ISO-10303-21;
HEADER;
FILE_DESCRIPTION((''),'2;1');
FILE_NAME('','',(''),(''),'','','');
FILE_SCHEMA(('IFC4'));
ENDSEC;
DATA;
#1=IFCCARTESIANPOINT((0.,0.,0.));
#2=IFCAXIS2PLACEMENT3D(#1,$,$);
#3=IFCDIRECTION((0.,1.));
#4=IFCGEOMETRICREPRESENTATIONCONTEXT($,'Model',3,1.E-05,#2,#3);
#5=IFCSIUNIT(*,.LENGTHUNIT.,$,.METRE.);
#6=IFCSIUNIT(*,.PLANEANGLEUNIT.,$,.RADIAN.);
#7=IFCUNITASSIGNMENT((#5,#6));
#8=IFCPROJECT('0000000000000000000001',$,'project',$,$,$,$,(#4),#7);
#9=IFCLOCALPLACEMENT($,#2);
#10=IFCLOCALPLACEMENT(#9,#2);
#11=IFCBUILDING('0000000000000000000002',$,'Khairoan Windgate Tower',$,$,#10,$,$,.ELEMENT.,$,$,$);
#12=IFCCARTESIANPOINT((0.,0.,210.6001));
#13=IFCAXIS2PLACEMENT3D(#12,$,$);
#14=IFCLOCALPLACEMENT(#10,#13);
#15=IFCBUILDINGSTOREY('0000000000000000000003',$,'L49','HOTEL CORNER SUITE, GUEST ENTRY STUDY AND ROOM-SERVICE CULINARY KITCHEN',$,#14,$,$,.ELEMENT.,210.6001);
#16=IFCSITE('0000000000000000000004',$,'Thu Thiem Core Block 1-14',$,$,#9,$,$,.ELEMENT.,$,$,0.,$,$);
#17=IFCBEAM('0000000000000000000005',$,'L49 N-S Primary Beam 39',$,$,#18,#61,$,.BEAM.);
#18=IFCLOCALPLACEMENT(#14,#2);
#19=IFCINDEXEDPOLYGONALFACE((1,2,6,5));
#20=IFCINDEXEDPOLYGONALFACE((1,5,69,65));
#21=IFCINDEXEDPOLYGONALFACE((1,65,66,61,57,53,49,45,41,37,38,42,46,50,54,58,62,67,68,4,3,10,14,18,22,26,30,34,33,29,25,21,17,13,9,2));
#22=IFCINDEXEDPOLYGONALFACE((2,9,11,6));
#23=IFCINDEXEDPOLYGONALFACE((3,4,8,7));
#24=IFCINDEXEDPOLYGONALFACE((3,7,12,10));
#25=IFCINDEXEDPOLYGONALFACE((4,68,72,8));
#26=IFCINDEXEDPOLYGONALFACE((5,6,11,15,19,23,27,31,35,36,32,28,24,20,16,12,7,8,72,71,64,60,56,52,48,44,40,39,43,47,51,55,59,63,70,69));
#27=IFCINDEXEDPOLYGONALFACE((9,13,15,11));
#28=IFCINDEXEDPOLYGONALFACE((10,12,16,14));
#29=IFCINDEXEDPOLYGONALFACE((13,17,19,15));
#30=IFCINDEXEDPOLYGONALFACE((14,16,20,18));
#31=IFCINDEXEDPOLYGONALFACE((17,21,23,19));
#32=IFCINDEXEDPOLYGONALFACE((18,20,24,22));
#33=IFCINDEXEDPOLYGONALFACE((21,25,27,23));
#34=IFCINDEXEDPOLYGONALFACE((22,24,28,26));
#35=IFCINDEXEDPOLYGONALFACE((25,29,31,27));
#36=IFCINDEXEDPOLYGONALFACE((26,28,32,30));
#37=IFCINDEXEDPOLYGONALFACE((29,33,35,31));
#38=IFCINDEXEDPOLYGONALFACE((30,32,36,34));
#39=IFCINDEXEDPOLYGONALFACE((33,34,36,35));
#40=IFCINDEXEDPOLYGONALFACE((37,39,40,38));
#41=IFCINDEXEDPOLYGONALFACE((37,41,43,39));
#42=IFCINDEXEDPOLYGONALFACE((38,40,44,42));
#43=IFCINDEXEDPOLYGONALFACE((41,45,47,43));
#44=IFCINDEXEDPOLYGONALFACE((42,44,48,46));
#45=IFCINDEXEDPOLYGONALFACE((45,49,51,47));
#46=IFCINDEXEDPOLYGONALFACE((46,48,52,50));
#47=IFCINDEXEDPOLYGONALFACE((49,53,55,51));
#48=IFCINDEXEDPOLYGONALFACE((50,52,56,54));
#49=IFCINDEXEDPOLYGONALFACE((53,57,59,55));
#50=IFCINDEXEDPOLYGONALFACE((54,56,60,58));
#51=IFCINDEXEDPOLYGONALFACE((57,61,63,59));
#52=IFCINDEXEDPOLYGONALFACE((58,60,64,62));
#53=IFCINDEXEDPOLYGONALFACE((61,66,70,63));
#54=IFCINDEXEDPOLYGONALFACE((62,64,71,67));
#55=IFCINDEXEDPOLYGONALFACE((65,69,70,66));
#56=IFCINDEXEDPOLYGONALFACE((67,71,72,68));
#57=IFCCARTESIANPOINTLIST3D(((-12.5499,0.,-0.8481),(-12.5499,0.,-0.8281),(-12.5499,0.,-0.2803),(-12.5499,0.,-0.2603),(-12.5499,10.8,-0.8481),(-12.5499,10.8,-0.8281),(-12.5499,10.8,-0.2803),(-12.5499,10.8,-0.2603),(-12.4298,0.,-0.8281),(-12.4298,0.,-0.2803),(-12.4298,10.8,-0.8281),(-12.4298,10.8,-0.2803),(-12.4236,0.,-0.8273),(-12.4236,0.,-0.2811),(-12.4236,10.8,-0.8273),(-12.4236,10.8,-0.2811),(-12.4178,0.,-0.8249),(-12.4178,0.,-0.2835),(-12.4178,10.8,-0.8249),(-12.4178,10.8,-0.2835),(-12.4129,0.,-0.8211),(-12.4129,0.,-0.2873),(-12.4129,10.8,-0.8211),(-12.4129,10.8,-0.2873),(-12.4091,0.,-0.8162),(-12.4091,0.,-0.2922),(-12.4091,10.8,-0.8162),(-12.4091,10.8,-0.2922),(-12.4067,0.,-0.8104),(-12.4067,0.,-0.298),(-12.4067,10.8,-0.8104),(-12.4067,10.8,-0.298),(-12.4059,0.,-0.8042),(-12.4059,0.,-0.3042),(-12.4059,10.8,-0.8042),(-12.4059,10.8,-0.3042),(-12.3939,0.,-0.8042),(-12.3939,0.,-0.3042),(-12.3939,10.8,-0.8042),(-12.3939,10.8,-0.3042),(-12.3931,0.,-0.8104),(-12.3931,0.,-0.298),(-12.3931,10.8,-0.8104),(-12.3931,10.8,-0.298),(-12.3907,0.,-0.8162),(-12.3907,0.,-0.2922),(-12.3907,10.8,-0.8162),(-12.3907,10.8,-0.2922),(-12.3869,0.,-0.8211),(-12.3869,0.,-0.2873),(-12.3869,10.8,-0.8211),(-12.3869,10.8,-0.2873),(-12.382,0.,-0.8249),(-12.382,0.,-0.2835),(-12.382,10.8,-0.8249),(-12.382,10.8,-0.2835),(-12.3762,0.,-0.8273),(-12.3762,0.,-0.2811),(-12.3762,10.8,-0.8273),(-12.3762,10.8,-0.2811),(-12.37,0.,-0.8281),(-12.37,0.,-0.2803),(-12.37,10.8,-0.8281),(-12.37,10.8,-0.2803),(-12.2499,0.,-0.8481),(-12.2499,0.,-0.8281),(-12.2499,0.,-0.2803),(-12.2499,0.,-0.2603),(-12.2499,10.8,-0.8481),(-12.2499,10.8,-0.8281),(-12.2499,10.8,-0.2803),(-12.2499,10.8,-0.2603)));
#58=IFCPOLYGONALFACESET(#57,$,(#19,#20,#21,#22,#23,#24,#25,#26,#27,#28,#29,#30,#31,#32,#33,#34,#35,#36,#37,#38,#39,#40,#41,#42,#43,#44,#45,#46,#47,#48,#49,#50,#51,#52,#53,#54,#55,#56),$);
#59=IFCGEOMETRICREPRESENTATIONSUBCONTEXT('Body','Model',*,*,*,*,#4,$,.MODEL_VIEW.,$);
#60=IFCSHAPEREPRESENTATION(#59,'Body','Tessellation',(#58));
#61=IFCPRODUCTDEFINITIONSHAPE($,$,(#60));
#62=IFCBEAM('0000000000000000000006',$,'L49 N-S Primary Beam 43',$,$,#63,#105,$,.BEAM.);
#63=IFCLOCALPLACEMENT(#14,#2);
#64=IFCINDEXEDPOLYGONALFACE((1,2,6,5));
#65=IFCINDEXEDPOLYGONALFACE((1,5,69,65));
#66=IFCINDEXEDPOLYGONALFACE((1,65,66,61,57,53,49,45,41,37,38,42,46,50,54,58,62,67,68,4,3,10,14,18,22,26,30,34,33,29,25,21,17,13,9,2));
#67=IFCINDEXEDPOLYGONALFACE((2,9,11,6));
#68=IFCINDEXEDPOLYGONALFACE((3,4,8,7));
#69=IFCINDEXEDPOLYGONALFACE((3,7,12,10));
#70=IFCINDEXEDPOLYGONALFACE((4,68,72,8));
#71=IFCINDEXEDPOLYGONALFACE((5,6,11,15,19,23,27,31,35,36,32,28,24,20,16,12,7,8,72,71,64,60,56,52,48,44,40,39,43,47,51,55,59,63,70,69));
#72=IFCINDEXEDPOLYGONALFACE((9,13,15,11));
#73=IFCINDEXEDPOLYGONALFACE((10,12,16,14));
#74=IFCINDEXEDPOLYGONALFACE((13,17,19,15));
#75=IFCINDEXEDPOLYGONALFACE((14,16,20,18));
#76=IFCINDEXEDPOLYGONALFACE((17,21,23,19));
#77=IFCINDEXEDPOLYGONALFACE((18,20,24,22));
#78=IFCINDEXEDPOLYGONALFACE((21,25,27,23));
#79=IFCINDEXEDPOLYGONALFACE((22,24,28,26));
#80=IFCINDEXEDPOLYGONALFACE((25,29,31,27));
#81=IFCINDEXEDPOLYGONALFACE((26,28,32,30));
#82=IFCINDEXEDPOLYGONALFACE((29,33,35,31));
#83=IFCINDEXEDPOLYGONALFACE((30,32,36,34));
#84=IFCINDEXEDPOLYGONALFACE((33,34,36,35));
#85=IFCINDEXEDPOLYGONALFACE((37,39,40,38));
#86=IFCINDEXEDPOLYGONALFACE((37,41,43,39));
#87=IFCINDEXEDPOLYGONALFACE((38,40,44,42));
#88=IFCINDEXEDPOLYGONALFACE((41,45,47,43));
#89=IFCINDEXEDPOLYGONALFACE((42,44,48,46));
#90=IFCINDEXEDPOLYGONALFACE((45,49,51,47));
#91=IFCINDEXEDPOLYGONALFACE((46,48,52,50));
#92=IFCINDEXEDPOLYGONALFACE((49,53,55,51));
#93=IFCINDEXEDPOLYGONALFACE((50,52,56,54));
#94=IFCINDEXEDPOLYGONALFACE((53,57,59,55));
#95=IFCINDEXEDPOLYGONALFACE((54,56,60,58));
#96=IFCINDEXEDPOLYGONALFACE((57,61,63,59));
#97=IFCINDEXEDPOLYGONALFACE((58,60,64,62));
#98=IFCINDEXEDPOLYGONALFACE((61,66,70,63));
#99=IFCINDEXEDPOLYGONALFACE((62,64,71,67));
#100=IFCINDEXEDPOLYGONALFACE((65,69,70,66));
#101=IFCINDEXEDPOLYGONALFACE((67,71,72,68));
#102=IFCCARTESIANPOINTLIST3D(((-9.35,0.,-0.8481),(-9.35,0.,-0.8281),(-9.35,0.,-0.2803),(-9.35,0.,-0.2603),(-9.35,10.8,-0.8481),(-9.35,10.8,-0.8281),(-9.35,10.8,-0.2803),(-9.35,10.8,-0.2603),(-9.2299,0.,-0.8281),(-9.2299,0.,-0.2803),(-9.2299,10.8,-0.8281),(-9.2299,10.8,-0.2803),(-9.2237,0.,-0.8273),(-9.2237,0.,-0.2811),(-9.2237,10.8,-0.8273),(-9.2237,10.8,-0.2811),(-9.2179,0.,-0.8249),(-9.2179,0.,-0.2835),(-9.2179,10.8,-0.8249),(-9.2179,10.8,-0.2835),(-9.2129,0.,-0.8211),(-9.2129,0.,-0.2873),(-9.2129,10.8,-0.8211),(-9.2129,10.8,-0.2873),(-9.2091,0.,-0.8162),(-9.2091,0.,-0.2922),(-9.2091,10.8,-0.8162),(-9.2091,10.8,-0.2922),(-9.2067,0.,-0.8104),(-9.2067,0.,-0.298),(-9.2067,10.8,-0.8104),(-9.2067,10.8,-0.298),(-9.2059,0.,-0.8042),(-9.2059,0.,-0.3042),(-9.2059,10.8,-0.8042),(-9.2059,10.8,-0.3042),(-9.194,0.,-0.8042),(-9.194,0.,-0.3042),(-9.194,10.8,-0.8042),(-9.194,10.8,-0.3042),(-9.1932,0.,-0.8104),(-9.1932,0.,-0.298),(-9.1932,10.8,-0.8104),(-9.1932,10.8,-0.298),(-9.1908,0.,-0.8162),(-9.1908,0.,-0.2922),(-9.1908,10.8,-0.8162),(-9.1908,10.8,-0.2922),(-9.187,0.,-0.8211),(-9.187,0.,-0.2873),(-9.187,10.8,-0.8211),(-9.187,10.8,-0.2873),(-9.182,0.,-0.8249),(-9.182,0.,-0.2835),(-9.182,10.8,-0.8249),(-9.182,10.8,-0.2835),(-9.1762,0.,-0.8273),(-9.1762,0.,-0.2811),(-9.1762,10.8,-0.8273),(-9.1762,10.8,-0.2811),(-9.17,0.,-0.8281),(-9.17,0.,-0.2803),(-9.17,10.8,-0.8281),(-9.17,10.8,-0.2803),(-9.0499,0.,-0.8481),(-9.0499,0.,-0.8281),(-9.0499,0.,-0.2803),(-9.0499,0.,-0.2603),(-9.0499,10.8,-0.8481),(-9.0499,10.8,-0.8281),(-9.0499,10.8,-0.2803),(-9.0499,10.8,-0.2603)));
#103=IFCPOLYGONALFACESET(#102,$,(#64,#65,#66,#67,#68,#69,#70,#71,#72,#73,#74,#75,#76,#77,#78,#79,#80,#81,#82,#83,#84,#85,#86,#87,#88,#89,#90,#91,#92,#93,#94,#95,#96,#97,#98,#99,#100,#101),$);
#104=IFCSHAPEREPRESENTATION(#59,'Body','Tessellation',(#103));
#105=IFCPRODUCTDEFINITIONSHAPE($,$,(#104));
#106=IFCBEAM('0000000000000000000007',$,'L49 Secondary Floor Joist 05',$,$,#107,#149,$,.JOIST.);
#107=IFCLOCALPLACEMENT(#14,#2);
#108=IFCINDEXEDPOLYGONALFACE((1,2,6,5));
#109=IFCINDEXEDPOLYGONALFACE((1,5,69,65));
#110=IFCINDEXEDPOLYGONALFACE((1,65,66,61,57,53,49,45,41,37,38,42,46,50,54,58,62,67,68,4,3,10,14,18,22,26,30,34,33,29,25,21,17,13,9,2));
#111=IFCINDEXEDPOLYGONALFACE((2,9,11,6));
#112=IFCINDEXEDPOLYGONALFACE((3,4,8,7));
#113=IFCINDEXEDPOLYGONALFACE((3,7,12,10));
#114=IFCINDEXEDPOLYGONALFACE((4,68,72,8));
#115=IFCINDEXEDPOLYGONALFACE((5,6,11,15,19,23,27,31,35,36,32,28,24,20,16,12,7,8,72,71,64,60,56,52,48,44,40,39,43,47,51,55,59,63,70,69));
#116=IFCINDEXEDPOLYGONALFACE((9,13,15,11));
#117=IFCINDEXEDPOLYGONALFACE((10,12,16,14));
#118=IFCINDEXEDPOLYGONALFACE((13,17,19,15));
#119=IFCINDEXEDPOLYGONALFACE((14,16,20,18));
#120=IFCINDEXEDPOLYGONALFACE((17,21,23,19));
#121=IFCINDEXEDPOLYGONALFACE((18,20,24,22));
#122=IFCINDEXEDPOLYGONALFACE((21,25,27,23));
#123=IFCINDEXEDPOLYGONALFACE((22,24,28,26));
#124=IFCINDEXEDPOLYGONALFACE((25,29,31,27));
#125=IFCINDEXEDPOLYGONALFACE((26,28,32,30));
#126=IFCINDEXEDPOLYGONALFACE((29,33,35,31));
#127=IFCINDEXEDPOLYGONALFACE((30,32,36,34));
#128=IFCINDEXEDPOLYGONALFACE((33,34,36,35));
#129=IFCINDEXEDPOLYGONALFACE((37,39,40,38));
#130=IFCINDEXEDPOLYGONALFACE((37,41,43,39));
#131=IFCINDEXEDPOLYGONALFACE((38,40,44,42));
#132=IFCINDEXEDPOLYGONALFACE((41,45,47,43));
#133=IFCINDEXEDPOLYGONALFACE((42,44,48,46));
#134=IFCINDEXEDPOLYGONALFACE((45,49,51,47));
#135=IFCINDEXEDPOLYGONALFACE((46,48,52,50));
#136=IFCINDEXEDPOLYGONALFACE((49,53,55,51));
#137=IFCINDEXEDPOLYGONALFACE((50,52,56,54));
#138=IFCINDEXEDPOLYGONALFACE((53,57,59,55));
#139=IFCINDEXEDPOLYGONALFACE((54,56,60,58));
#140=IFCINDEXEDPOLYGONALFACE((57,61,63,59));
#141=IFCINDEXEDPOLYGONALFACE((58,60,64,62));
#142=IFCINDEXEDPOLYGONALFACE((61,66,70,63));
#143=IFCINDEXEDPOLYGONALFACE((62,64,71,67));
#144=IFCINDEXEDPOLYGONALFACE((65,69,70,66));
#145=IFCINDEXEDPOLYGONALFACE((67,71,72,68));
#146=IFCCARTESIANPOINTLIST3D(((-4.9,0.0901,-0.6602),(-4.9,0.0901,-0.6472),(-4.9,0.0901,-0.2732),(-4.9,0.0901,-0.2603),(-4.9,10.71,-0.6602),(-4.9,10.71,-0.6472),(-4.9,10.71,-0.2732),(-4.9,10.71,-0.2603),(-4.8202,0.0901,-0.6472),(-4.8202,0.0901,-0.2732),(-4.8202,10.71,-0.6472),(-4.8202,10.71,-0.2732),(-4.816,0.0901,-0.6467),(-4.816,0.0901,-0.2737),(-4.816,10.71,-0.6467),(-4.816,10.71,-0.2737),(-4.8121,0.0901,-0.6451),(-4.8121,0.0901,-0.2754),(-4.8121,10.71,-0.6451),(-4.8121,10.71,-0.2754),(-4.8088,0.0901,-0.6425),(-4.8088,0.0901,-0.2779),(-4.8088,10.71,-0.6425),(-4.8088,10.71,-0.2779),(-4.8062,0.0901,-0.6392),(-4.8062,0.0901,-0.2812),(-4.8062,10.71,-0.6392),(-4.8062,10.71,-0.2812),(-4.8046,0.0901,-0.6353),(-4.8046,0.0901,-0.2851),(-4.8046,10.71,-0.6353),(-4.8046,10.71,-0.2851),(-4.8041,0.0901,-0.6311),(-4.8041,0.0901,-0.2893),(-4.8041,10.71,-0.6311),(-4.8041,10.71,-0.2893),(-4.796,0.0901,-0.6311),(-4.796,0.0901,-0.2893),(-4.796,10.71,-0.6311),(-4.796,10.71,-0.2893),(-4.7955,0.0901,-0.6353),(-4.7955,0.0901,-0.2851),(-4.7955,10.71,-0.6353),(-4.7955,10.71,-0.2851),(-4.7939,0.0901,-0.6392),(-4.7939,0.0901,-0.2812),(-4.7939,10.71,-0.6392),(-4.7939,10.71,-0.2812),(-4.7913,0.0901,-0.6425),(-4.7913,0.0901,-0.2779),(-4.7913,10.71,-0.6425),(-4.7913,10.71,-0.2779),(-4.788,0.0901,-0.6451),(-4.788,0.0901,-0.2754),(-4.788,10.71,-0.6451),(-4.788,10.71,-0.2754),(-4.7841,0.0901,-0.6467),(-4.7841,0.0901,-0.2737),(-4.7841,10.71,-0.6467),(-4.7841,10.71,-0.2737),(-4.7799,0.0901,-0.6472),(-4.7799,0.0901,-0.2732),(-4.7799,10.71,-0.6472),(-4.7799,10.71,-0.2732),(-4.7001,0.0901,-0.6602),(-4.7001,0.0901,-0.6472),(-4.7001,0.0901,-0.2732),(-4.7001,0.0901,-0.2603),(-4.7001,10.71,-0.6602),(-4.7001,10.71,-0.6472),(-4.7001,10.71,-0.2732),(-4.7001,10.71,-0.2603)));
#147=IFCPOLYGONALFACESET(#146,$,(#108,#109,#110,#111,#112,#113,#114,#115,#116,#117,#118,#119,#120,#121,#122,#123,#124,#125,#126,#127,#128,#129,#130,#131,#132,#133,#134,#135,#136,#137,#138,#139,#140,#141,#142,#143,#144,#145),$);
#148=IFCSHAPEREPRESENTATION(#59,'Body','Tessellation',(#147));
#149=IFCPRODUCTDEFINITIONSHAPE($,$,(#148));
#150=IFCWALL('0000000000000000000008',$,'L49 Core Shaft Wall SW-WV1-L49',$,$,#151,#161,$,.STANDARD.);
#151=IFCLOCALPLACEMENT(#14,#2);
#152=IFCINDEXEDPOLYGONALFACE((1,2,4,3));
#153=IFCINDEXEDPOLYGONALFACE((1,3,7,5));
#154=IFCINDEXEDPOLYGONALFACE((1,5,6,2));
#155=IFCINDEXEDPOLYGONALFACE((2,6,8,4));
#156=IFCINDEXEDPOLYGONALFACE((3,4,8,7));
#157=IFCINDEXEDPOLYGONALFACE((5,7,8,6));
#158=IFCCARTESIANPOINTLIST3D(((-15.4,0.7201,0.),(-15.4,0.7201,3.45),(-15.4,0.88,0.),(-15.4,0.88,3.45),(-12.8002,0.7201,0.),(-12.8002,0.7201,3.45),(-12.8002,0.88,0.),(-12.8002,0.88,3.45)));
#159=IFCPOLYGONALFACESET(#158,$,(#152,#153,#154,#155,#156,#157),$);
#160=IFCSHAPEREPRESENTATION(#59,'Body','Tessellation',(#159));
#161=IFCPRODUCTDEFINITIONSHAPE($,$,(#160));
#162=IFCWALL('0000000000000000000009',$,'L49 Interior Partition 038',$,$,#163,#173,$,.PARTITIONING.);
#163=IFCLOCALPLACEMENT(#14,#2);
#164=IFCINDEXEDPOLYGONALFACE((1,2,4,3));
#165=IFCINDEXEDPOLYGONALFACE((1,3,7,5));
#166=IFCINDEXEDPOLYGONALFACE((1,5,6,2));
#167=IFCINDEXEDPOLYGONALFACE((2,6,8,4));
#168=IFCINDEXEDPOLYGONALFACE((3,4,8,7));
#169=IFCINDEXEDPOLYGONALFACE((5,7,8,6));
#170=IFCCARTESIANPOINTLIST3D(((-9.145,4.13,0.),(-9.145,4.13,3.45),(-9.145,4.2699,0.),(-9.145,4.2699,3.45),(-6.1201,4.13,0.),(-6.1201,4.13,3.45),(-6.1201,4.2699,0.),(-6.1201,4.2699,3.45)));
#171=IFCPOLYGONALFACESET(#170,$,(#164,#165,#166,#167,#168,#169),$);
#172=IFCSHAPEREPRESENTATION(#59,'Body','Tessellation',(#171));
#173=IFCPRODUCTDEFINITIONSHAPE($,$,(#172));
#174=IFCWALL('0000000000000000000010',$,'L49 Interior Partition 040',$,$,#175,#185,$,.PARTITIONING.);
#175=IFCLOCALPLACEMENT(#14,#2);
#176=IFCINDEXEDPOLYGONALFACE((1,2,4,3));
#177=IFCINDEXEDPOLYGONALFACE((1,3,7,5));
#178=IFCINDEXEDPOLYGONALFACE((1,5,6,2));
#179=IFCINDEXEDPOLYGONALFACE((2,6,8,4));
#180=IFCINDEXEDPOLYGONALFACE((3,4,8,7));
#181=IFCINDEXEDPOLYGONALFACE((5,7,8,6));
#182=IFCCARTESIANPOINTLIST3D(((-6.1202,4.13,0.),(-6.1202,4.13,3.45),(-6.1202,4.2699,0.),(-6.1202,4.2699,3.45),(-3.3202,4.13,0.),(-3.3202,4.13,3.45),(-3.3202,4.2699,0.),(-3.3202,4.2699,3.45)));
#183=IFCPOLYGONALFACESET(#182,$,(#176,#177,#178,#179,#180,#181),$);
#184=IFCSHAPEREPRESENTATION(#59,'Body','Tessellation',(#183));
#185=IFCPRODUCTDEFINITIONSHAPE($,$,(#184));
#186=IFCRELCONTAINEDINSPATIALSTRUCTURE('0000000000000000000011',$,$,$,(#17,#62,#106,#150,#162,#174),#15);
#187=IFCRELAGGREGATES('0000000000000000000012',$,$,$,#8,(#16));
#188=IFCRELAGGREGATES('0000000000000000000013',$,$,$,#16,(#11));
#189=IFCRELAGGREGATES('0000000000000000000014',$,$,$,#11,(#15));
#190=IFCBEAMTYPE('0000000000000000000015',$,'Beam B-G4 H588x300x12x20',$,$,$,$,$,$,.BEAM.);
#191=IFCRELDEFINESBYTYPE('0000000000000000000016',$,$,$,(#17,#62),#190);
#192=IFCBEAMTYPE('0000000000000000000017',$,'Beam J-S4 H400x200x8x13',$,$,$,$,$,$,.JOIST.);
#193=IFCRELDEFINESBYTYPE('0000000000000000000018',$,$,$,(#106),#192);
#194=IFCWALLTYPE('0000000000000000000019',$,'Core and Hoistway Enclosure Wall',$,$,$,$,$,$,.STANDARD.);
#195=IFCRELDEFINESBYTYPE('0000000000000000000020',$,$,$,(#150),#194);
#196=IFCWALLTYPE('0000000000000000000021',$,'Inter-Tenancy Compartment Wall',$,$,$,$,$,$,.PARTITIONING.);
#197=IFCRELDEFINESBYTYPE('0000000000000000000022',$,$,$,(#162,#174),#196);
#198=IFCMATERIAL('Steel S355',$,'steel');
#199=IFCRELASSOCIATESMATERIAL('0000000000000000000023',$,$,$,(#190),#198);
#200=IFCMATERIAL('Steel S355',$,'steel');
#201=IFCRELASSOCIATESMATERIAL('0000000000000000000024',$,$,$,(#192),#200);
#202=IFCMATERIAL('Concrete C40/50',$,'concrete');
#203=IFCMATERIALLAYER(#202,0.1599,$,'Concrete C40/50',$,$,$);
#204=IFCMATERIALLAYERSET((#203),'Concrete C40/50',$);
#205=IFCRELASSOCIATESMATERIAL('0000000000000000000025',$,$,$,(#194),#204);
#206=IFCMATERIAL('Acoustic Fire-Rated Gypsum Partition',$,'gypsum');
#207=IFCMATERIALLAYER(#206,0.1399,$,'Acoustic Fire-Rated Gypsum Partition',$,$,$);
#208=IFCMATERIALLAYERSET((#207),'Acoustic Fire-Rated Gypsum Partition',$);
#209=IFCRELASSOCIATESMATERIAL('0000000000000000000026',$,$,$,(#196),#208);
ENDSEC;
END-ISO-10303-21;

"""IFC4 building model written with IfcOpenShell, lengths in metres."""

from ifc_helpers import new_model, si_unit, direction, frame, frame_2d, origin, origin_2d, place, context, subcontext, project, spatial, rectangle, i_section, extrude, material, layer, layer_set, material_profile, profile_set, type_object, element, save


model = new_model("IFC4")

# Units and contexts
model_context = context("Model", 3, precision=1e-05, world=origin(), true_north=direction((0.0, 1.0)))
body_context = subcontext(model_context, "Body", "Model", "MODEL_VIEW")
ifc_project = project(units=[si_unit("LENGTHUNIT", "METRE"), si_unit("PLANEANGLEUNIT", "RADIAN")], contexts=[model_context])

# Site, building, storey
site_placement = place(None, origin())
site = spatial("IfcSite", under=ifc_project, at=site_placement, Name="Thu Thiem Core Block 1-14", CompositionType="ELEMENT", RefElevation=0.0)
building_placement = place(site_placement, origin())
building = spatial("IfcBuilding", under=site, at=building_placement, Name="Khairoan Windgate Tower", CompositionType="ELEMENT")
storey_placement = place(building_placement, frame((0.0, 0.0, 210.6001)))
storey = spatial("IfcBuildingStorey", under=building, at=storey_placement, Name="L49", Description="HOTEL CORNER SUITE, GUEST ENTRY STUDY AND ROOM-SERVICE CULINARY KITCHEN", CompositionType="ELEMENT", Elevation=210.6001)

# Beams
ifc_material_1 = material(Name="Steel S355", Category="steel")
ifc_material_profile_1 = material_profile(ifc_material_1, i_section(OverallWidth=0.3, OverallDepth=0.5879, WebThickness=0.012, FlangeThickness=0.02, FilletRadius=0.0239, at=origin_2d()))
ifc_profile_set_1 = profile_set([ifc_material_profile_1], Name="Steel S355")
beam_type_1 = type_object("IfcBeamType", Name="Beam B-G4 H588x300x12x20", PredefinedType="BEAM", material=ifc_profile_set_1)
for number, where, z_axis, x_axis, name in (
    (1, (-12.3999, 0.0, -0.5542), (0.0, 1.0, 0.0), (-1.0, 0.0, 0.0), "L49 N-S Primary Beam 39"),
    (2, (-9.2, 0.0, -0.5542), (0.0, 1.0, 0.0), (-1.0, 0.0, 0.0), "L49 N-S Primary Beam 43"),
):
    element("IfcBeam", number, at=place(storey_placement, frame(where, z_axis=z_axis, x_axis=x_axis)), inside=storey, type_object=beam_type_1, Name=name, PredefinedType="BEAM", context=body_context, shape_type="SweptSolid", body=[
        extrude(i_section(OverallWidth=0.3, OverallDepth=0.5879, WebThickness=0.012, FlangeThickness=0.02, FilletRadius=0.0239, at=origin_2d()), origin(), (0.0, 0.0, 1.0), 10.8),
    ])
ifc_material_2 = material(Name="Steel S355", Category="steel")
ifc_material_profile_2 = material_profile(ifc_material_2, i_section(OverallWidth=0.2, OverallDepth=0.3999, WebThickness=0.0081, FlangeThickness=0.0129, FilletRadius=0.0161, at=origin_2d()))
ifc_profile_set_2 = profile_set([ifc_material_profile_2], Name="Steel S355")
beam_type_2 = type_object("IfcBeamType", Name="Beam J-S4 H400x200x8x13", PredefinedType="JOIST", material=ifc_profile_set_2)
beam_1_placement = place(storey_placement, frame((-4.8, 0.0901, -0.4602), z_axis=(0.0, 1.0, 0.0), x_axis=(-1.0, 0.0, 0.0)))
element("IfcBeam", 3, at=beam_1_placement, inside=storey, type_object=beam_type_2, Name="L49 Secondary Floor Joist 05", PredefinedType="JOIST", context=body_context, shape_type="SweptSolid", body=[
    extrude(i_section(OverallWidth=0.2, OverallDepth=0.3999, WebThickness=0.0081, FlangeThickness=0.0129, FilletRadius=0.0161, at=origin_2d()), origin(), (0.0, 0.0, 1.0), 10.6199),
])

# Walls
ifc_material_3 = material(Name="Concrete C40/50", Category="concrete")
ifc_layer_1 = layer(ifc_material_3, 0.1599, Name="Concrete C40/50")
ifc_layer_set_1 = layer_set([ifc_layer_1], Name="Concrete C40/50")
wall_type_1 = type_object("IfcWallType", Name="Core and Hoistway Enclosure Wall", PredefinedType="STANDARD", material=ifc_layer_set_1)
wall_1_placement = place(storey_placement, frame((-15.3999, 0.8, 0.0), z_axis=(0.0, 0.0, 1.0), x_axis=(1.0, 0.0, 0.0)))
element("IfcWall", 4, at=wall_1_placement, inside=storey, type_object=wall_type_1, Name="L49 Core Shaft Wall SW-WV1-L49", PredefinedType="STANDARD", context=body_context, shape_type="SweptSolid", body=[
    extrude(rectangle(XDim=2.5999, YDim=0.1599, at=frame_2d((1.2998, 0.0))), origin(), (0.0, 0.0, 1.0), 3.45),
])
ifc_material_4 = material(Name="Acoustic Fire-Rated Gypsum Partition", Category="gypsum")
ifc_layer_2 = layer(ifc_material_4, 0.1399, Name="Acoustic Fire-Rated Gypsum Partition")
ifc_layer_set_2 = layer_set([ifc_layer_2], Name="Acoustic Fire-Rated Gypsum Partition")
wall_type_2 = type_object("IfcWallType", Name="Inter-Tenancy Compartment Wall", PredefinedType="PARTITIONING", material=ifc_layer_set_2)
wall_2_placement = place(storey_placement, frame((-9.145, 4.2, 0.0), z_axis=(0.0, 0.0, 1.0), x_axis=(1.0, 0.0, 0.0)))
element("IfcWall", 5, at=wall_2_placement, inside=storey, type_object=wall_type_2, Name="L49 Interior Partition 038", PredefinedType="PARTITIONING", context=body_context, shape_type="SweptSolid", body=[
    extrude(rectangle(XDim=3.0249, YDim=0.1399, at=frame_2d((1.5125, 0.0))), origin(), (0.0, 0.0, 1.0), 3.45),
])
wall_3_placement = place(storey_placement, frame((-6.1201, 4.2, 0.0), z_axis=(0.0, 0.0, 1.0), x_axis=(1.0, 0.0, 0.0)))
element("IfcWall", 6, at=wall_3_placement, inside=storey, type_object=wall_type_2, Name="L49 Interior Partition 040", PredefinedType="PARTITIONING", context=body_context, shape_type="SweptSolid", body=[
    extrude(rectangle(XDim=2.8, YDim=0.1399, at=frame_2d((1.3999, 0.0))), origin(), (0.0, 0.0, 1.0), 3.45),
])

save(model, "model.ifc")
